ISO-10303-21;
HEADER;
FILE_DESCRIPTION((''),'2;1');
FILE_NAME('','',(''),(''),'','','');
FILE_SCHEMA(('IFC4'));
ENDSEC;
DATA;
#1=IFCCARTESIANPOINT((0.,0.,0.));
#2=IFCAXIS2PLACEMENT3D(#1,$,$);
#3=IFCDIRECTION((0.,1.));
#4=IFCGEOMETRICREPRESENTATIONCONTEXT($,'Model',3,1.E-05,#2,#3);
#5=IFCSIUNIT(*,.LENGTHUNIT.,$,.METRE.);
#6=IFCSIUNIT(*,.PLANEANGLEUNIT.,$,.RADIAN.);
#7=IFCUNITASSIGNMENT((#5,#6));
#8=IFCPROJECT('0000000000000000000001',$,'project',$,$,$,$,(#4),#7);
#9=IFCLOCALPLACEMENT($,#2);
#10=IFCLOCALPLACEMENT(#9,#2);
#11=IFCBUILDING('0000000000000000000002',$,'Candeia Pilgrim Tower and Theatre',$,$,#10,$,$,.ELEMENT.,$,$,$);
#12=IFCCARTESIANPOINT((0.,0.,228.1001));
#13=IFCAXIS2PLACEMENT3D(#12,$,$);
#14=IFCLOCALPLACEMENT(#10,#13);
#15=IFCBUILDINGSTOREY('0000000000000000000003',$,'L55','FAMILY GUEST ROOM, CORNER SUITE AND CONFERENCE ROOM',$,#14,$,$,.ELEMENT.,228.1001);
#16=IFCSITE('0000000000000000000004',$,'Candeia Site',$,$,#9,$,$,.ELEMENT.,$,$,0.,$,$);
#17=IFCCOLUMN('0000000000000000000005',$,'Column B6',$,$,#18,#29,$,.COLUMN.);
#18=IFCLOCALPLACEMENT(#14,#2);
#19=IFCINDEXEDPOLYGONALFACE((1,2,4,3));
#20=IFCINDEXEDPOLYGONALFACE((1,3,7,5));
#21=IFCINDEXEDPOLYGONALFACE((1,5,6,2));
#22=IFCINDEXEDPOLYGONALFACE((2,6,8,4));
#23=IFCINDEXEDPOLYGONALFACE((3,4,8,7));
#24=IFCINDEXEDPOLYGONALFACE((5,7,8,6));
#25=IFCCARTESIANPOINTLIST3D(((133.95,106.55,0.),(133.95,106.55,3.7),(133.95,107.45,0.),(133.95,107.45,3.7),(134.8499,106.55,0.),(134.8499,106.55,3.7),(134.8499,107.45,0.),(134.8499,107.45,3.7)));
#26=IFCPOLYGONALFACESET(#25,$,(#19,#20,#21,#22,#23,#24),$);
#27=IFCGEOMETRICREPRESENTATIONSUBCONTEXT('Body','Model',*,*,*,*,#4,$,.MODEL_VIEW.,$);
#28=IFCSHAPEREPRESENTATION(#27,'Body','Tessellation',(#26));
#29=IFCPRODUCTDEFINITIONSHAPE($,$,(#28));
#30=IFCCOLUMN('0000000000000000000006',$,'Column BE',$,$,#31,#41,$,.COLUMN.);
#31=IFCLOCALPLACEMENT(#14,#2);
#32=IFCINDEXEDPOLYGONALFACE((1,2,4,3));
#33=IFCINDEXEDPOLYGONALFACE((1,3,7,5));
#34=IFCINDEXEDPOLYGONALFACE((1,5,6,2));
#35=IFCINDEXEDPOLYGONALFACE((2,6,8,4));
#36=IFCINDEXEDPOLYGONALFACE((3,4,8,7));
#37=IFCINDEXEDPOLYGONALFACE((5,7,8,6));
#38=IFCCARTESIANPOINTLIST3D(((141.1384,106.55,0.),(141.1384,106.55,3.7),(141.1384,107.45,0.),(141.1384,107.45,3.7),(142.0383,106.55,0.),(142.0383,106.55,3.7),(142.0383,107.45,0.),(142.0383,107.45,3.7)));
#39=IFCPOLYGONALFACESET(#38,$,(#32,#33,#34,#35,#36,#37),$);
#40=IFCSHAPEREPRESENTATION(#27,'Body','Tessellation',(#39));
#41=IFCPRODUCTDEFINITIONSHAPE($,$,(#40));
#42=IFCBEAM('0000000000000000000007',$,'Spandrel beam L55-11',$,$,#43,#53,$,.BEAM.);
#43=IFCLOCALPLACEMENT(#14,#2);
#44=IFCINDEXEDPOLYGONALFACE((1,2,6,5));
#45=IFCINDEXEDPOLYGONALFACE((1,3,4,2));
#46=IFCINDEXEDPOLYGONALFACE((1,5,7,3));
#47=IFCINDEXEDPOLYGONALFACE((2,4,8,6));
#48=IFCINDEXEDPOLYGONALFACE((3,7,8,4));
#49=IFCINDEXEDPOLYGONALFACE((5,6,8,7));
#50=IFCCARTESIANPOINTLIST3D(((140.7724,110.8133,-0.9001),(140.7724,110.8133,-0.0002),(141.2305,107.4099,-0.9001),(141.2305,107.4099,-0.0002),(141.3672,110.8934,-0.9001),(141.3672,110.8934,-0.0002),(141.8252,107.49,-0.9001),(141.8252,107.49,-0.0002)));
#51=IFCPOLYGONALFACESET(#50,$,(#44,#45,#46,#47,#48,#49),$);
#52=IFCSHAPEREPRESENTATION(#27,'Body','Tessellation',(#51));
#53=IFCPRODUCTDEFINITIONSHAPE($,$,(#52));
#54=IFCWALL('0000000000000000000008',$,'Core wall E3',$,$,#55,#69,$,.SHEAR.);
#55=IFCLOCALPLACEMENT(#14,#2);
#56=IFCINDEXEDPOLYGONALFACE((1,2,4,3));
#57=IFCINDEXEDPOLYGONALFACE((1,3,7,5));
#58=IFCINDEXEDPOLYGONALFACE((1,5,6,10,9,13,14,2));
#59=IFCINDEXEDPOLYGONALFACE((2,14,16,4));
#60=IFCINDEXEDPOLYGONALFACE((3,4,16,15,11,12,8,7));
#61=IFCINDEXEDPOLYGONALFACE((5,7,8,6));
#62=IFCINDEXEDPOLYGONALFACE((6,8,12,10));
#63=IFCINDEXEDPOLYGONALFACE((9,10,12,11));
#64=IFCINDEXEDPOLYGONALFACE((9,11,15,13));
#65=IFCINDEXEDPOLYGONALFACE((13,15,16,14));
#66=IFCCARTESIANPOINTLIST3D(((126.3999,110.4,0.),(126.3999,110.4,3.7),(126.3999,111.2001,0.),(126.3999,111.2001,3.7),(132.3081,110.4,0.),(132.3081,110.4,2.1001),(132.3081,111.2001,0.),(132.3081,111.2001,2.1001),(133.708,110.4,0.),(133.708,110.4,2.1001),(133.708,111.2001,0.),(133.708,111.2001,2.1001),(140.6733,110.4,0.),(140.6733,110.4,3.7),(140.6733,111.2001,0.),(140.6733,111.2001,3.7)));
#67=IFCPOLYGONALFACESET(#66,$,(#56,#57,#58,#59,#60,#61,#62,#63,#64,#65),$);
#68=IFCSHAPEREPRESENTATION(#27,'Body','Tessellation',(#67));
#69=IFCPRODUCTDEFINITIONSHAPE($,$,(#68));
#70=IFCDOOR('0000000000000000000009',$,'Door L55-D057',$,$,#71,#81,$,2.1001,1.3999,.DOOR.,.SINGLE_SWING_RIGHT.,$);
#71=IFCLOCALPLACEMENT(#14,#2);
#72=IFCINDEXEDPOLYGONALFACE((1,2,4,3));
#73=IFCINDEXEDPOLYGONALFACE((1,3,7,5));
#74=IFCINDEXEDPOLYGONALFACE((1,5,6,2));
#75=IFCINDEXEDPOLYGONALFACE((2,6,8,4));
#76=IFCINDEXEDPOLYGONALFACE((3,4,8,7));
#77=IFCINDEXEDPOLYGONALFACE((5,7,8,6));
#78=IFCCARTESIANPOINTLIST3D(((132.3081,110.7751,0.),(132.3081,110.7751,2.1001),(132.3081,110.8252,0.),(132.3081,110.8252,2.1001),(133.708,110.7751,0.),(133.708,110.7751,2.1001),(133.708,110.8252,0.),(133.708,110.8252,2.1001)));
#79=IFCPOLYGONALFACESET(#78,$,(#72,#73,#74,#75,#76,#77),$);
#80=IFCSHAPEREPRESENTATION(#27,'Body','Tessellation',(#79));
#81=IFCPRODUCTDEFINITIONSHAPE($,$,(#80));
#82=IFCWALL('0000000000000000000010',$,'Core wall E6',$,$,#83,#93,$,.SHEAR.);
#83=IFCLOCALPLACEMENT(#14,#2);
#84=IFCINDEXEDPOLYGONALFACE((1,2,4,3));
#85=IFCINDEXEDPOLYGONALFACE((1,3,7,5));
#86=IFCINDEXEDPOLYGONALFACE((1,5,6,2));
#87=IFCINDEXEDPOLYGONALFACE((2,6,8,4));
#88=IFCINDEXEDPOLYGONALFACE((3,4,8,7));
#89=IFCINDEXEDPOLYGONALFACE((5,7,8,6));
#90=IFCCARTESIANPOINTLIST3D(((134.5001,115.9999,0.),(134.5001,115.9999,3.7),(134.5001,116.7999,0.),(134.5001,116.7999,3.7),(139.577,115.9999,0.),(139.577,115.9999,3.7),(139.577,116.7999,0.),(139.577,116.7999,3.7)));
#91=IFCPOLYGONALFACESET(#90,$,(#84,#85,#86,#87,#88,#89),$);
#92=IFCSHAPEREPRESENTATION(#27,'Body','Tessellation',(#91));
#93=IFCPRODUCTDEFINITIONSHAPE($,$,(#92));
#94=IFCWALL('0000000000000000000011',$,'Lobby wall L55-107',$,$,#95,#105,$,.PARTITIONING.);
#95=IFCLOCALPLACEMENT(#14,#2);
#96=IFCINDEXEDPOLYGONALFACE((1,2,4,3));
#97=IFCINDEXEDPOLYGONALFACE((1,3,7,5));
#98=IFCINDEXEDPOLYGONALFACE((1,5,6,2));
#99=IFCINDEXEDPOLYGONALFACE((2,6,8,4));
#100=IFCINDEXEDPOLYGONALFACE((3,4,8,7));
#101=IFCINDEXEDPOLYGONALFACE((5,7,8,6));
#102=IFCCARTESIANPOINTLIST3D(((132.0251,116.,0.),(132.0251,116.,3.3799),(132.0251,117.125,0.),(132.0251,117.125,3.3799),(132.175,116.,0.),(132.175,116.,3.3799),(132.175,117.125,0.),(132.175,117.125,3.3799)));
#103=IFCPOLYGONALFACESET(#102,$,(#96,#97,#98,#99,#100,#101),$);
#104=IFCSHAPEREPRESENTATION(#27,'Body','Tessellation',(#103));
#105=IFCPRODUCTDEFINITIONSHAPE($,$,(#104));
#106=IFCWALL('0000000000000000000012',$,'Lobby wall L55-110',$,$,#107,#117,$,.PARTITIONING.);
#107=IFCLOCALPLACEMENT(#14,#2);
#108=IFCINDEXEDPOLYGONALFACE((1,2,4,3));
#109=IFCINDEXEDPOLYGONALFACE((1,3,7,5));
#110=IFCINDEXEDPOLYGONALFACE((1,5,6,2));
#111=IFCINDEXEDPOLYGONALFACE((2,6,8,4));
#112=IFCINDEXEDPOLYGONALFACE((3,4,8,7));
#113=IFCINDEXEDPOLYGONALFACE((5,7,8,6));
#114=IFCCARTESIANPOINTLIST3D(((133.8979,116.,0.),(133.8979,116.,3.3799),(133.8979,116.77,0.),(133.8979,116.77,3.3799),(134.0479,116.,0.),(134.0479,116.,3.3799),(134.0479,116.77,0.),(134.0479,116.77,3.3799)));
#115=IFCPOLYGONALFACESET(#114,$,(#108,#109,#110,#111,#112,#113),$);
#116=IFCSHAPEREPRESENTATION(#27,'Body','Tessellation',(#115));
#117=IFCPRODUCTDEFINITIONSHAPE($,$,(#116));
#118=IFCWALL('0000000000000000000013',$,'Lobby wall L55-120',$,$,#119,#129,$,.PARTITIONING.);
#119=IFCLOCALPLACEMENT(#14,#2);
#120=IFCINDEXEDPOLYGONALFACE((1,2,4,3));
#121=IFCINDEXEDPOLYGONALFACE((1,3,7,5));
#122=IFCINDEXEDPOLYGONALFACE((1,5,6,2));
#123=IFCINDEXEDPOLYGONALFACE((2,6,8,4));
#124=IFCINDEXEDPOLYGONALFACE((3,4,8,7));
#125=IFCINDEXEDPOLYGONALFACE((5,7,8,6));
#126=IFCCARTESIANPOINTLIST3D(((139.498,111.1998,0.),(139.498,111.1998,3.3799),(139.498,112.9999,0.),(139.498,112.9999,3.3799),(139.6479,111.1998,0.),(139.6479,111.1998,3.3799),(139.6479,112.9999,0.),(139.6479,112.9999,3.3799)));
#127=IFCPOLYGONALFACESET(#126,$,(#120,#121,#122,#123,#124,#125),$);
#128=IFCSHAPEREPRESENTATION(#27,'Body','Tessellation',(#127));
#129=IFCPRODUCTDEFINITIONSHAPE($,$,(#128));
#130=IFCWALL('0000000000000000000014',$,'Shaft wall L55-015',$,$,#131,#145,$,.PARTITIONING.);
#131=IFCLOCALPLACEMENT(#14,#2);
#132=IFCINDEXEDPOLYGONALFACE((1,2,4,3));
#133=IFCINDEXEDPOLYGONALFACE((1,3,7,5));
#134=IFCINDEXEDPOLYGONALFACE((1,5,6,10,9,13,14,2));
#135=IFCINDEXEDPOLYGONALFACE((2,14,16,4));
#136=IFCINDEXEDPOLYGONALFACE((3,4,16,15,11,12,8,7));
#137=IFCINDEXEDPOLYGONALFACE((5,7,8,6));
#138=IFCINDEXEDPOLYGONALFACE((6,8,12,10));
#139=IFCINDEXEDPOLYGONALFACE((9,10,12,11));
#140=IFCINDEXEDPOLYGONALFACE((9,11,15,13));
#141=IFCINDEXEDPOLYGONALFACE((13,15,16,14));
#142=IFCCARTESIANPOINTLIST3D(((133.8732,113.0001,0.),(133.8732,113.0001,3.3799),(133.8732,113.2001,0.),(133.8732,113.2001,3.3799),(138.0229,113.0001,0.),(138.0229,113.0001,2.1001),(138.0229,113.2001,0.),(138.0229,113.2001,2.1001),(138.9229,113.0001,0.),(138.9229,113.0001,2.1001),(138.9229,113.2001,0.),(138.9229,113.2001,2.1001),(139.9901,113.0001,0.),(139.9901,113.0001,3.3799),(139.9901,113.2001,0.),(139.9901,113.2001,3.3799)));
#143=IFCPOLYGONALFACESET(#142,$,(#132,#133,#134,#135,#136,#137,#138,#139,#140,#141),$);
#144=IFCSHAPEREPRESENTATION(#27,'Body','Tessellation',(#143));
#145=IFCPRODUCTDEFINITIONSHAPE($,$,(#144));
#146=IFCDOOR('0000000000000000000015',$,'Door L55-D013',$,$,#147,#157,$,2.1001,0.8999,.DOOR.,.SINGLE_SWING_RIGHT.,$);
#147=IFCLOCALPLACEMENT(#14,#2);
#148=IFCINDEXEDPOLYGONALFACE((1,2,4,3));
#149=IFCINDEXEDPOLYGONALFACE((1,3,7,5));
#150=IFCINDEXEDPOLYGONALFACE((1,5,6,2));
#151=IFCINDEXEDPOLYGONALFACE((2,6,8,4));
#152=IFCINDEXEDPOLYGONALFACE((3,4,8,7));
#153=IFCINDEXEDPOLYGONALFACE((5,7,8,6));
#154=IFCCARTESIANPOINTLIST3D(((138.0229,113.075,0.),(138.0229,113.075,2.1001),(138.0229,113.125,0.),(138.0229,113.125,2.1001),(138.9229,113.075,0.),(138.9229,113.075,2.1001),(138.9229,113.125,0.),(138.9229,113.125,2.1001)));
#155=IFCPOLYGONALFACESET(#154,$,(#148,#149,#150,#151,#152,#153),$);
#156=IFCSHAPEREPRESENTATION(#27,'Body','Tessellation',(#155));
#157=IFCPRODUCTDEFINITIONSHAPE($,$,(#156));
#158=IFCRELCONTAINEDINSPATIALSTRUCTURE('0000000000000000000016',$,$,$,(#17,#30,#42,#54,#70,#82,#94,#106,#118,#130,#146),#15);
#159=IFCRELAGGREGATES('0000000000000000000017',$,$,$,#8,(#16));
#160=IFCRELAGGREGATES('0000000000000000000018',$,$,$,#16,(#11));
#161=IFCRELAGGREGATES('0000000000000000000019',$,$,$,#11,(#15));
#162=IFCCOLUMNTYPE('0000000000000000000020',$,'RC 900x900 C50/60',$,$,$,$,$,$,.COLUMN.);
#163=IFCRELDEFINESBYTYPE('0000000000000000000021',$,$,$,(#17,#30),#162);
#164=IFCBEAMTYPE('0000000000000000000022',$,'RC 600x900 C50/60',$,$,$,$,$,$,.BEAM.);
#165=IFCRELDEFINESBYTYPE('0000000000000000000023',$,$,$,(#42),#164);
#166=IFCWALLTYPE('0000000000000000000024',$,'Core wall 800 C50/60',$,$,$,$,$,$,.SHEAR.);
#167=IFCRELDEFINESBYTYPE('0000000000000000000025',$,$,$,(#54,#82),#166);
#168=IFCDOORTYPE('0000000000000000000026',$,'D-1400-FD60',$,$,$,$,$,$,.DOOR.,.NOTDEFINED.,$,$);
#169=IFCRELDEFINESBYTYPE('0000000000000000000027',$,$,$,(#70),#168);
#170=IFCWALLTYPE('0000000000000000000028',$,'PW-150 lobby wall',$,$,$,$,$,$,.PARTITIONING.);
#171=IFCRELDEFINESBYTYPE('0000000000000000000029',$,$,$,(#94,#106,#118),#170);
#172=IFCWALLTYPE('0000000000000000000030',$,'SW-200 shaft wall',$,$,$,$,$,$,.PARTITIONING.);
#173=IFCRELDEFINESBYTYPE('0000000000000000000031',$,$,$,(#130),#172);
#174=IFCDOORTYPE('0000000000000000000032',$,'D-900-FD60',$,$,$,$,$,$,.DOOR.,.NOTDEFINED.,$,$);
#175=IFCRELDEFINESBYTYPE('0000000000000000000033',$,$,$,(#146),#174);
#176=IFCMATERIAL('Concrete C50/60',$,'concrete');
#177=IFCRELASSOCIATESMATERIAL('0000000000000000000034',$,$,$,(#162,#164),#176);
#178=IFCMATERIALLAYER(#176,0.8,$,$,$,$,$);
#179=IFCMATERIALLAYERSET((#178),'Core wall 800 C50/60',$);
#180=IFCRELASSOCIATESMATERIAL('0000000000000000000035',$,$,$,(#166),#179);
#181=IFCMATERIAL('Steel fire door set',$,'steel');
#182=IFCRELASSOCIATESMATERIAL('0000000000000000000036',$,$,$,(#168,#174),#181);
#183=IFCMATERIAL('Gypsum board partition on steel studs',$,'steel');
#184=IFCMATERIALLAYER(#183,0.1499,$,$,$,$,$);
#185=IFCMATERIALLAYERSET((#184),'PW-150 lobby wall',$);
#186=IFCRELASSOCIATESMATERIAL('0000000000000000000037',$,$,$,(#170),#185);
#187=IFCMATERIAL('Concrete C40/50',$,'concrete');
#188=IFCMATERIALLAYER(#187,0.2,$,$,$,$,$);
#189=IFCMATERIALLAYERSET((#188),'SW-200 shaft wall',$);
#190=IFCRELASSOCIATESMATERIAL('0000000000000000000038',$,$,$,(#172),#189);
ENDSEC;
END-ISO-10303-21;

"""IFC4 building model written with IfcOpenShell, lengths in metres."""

from ifc_helpers import new_model, si_unit, direction, frame, frame_2d, origin, origin_2d, place, context, subcontext, project, spatial, rectangle, extrude, material, layer, layer_set, material_profile, profile_set, type_object, element, fill, save


model = new_model("IFC4")

# Units and contexts
model_context = context("Model", 3, precision=1e-05, world=origin(), true_north=direction((0.0, 1.0)))
body_context = subcontext(model_context, "Body", "Model", "MODEL_VIEW")
ifc_project = project(units=[si_unit("LENGTHUNIT", "METRE"), si_unit("PLANEANGLEUNIT", "RADIAN")], contexts=[model_context])

# Site, building, storey
site_placement = place(None, origin())
site = spatial("IfcSite", under=ifc_project, at=site_placement, Name="Candeia Site", CompositionType="ELEMENT", RefElevation=0.0)
building_placement = place(site_placement, origin())
building = spatial("IfcBuilding", under=site, at=building_placement, Name="Candeia Pilgrim Tower and Theatre", CompositionType="ELEMENT")
storey_placement = place(building_placement, frame((0.0, 0.0, 228.1001)))
storey = spatial("IfcBuildingStorey", under=building, at=storey_placement, Name="L55", Description="FAMILY GUEST ROOM, CORNER SUITE AND CONFERENCE ROOM", CompositionType="ELEMENT", Elevation=228.1001)

# Columns
ifc_material_1 = material(Name="Concrete C50/60", Category="concrete")
ifc_material_profile_1 = material_profile(ifc_material_1, rectangle(XDim=0.8999, YDim=0.8999, at=origin_2d()))
ifc_profile_set_1 = profile_set([ifc_material_profile_1], Name="Concrete C50/60")
column_type = type_object("IfcColumnType", Name="RC 900x900 C50/60", PredefinedType="COLUMN", material=ifc_profile_set_1)
for number, where, z_axis, x_axis, name in (
    (1, (134.3999, 107.0, 0.0), (0.0, 0.0, 1.0), (1.0, 0.0, 0.0), "Column B6"),
    (2, (141.5884, 107.0, 0.0), (0.0, 0.0, 1.0), (1.0, 0.0, 0.0), "Column BE"),
):
    element("IfcColumn", number, at=place(storey_placement, frame(where, z_axis=z_axis, x_axis=x_axis)), inside=storey, type_object=column_type, Name=name, PredefinedType="COLUMN", context=body_context, shape_type="SweptSolid", body=[
        extrude(rectangle(XDim=0.8999, YDim=0.8999, at=origin_2d()), origin(), (0.0, 0.0, 1.0), 3.7),
    ])

# Beam
ifc_material_profile_2 = material_profile(ifc_material_1, rectangle(XDim=0.6001, YDim=0.8999, at=origin_2d()))
ifc_profile_set_2 = profile_set([ifc_material_profile_2], Name="Concrete C50/60")
beam_type = type_object("IfcBeamType", Name="RC 600x900 C50/60", PredefinedType="BEAM", material=ifc_profile_set_2)
beam_placement = place(storey_placement, frame((141.5278, 107.45, -0.4502), z_axis=(-0.133374, 0.991066, 0.0), x_axis=(-0.991066, -0.133374, 0.0)))
element("IfcBeam", 3, at=beam_placement, inside=storey, type_object=beam_type, Name="Spandrel beam L55-11", PredefinedType="BEAM", context=body_context, shape_type="SweptSolid", body=[
    extrude(rectangle(XDim=0.6001, YDim=0.8999, at=origin_2d()), origin(), (0.0, 0.0, 1.0), 3.4341),
])

# Wall, opening, door
ifc_layer_1 = layer(ifc_material_1, 0.8)
ifc_layer_set_1 = layer_set([ifc_layer_1], Name="Core wall 800 C50/60")
wall_type_1 = type_object("IfcWallType", Name="Core wall 800 C50/60", PredefinedType="SHEAR", material=ifc_layer_set_1)
wall_1_placement = place(storey_placement, frame((140.6733, 110.8, 0.0), z_axis=(0.0, 0.0, 1.0), x_axis=(-1.0, 0.0, 0.0)))
wall_1 = element("IfcWall", 4, at=wall_1_placement, inside=storey, type_object=wall_type_1, Name="Core wall E3", PredefinedType="SHEAR", context=body_context, shape_type="SweptSolid", body=[
    extrude(rectangle(XDim=14.2734, YDim=0.8, at=frame_2d((7.1367, 0.0))), origin(), (0.0, 0.0, 1.0), 3.7),
])
opening_1_placement = place(wall_1_placement, frame((6.9653, 0.0, 0.0)))
opening_1 = element("IfcOpeningElement", 5, at=opening_1_placement, cuts=wall_1, PredefinedType="OPENING", context=body_context, shape_type="SweptSolid", body=[
    extrude(rectangle(XDim=1.3999, YDim=2.1001, at=frame_2d((0.7, 1.05))), frame((0.0, 0.4102, 0.0), z_axis=(0.0, -1.0, 0.0), x_axis=(1.0, 0.0, 0.0)), (0.0, 0.0, 1.0), 0.8201),
])
ifc_material_2 = material(Name="Steel fire door set", Category="steel")
door_type_1 = type_object("IfcDoorType", Name="D-1400-FD60", OperationType="NOTDEFINED", PredefinedType="DOOR", material=ifc_material_2)
door_1_placement = place(opening_1_placement, origin())
door_1 = element("IfcDoor", 6, at=door_1_placement, inside=storey, type_object=door_type_1, Name="Door L55-D057", OperationType="SINGLE_SWING_RIGHT", OverallHeight=2.1001, OverallWidth=1.3999, PredefinedType="DOOR", context=body_context, shape_type="SweptSolid", body=[
    extrude(rectangle(XDim=1.3999, YDim=2.1001, at=frame_2d((0.7, 1.05))), frame((0.0, 0.0249, 0.0), z_axis=(0.0, -1.0, 0.0), x_axis=(1.0, 0.0, 0.0)), (0.0, 0.0, 1.0), 0.05),
])
fill(opening_1, door_1)

# Walls
wall_2_placement = place(storey_placement, frame((134.5, 116.3999, 0.0), z_axis=(0.0, 0.0, 1.0), x_axis=(1.0, 0.0, 0.0)))
element("IfcWall", 7, at=wall_2_placement, inside=storey, type_object=wall_type_1, Name="Core wall E6", PredefinedType="SHEAR", context=body_context, shape_type="SweptSolid", body=[
    extrude(rectangle(XDim=5.0769, YDim=0.8, at=frame_2d((2.5386, 0.0))), origin(), (0.0, 0.0, 1.0), 3.7),
])
ifc_material_3 = material(Name="Gypsum board partition on steel studs", Category="steel")
ifc_layer_2 = layer(ifc_material_3, 0.1499)
ifc_layer_set_2 = layer_set([ifc_layer_2], Name="PW-150 lobby wall")
wall_type_2 = type_object("IfcWallType", Name="PW-150 lobby wall", PredefinedType="PARTITIONING", material=ifc_layer_set_2)
wall_3_placement = place(storey_placement, frame((132.1001, 116.0, 0.0), z_axis=(0.0, 0.0, 1.0), x_axis=(0.0, 1.0, 0.0)))
element("IfcWall", 8, at=wall_3_placement, inside=storey, type_object=wall_type_2, Name="Lobby wall L55-107", PredefinedType="PARTITIONING", context=body_context, shape_type="SweptSolid", body=[
    extrude(rectangle(XDim=1.125, YDim=0.1499, at=frame_2d((0.5625, 0.0))), origin(), (0.0, 0.0, 1.0), 3.3799),
])
wall_4_placement = place(storey_placement, frame((133.9729, 116.0, 0.0), z_axis=(0.0, 0.0, 1.0), x_axis=(0.0, 1.0, 0.0)))
element("IfcWall", 9, at=wall_4_placement, inside=storey, type_object=wall_type_2, Name="Lobby wall L55-110", PredefinedType="PARTITIONING", context=body_context, shape_type="SweptSolid", body=[
    extrude(rectangle(XDim=0.77, YDim=0.1499, at=frame_2d((0.385, 0.0))), origin(), (0.0, 0.0, 1.0), 3.3799),
])
wall_5_placement = place(storey_placement, frame((139.573, 111.2, 0.0), z_axis=(0.0, 0.0, 1.0), x_axis=(0.0, 1.0, 0.0)))
element("IfcWall", 10, at=wall_5_placement, inside=storey, type_object=wall_type_2, Name="Lobby wall L55-120", PredefinedType="PARTITIONING", context=body_context, shape_type="SweptSolid", body=[
    extrude(rectangle(XDim=1.8, YDim=0.1499, at=frame_2d((0.8999, 0.0))), origin(), (0.0, 0.0, 1.0), 3.3799),
])

# Wall, opening, door
ifc_material_4 = material(Name="Concrete C40/50", Category="concrete")
ifc_layer_3 = layer(ifc_material_4, 0.2)
ifc_layer_set_3 = layer_set([ifc_layer_3], Name="SW-200 shaft wall")
wall_type_3 = type_object("IfcWallType", Name="SW-200 shaft wall", PredefinedType="PARTITIONING", material=ifc_layer_set_3)
wall_6_placement = place(storey_placement, frame((133.873, 113.1001, 0.0), z_axis=(0.0, 0.0, 1.0), x_axis=(1.0, 0.0, 0.0)))
wall_6 = element("IfcWall", 11, at=wall_6_placement, inside=storey, type_object=wall_type_3, Name="Shaft wall L55-015", PredefinedType="PARTITIONING", context=body_context, shape_type="SweptSolid", body=[
    extrude(rectangle(XDim=6.1169, YDim=0.2, at=frame_2d((3.0586, 0.0))), origin(), (0.0, 0.0, 1.0), 3.3799),
])
opening_2_placement = place(wall_6_placement, frame((4.1499, 0.0, 0.0)))
opening_2 = element("IfcOpeningElement", 12, at=opening_2_placement, cuts=wall_6, PredefinedType="OPENING", context=body_context, shape_type="SweptSolid", body=[
    extrude(rectangle(XDim=0.8999, YDim=2.1001, at=frame_2d((0.45, 1.05))), frame((0.0, 0.1099, 0.0), z_axis=(0.0, -1.0, 0.0), x_axis=(1.0, 0.0, 0.0)), (0.0, 0.0, 1.0), 0.22),
])
door_type_2 = type_object("IfcDoorType", Name="D-900-FD60", OperationType="NOTDEFINED", PredefinedType="DOOR", material=ifc_material_2)
door_2_placement = place(opening_2_placement, origin())
door_2 = element("IfcDoor", 13, at=door_2_placement, inside=storey, type_object=door_type_2, Name="Door L55-D013", OperationType="SINGLE_SWING_RIGHT", OverallHeight=2.1001, OverallWidth=0.8999, PredefinedType="DOOR", context=body_context, shape_type="SweptSolid", body=[
    extrude(rectangle(XDim=0.8999, YDim=2.1001, at=frame_2d((0.45, 1.05))), frame((0.0, 0.0249, 0.0), z_axis=(0.0, -1.0, 0.0), x_axis=(1.0, 0.0, 0.0)), (0.0, 0.0, 1.0), 0.05),
])
fill(opening_2, door_2)

save(model, "model.ifc")
